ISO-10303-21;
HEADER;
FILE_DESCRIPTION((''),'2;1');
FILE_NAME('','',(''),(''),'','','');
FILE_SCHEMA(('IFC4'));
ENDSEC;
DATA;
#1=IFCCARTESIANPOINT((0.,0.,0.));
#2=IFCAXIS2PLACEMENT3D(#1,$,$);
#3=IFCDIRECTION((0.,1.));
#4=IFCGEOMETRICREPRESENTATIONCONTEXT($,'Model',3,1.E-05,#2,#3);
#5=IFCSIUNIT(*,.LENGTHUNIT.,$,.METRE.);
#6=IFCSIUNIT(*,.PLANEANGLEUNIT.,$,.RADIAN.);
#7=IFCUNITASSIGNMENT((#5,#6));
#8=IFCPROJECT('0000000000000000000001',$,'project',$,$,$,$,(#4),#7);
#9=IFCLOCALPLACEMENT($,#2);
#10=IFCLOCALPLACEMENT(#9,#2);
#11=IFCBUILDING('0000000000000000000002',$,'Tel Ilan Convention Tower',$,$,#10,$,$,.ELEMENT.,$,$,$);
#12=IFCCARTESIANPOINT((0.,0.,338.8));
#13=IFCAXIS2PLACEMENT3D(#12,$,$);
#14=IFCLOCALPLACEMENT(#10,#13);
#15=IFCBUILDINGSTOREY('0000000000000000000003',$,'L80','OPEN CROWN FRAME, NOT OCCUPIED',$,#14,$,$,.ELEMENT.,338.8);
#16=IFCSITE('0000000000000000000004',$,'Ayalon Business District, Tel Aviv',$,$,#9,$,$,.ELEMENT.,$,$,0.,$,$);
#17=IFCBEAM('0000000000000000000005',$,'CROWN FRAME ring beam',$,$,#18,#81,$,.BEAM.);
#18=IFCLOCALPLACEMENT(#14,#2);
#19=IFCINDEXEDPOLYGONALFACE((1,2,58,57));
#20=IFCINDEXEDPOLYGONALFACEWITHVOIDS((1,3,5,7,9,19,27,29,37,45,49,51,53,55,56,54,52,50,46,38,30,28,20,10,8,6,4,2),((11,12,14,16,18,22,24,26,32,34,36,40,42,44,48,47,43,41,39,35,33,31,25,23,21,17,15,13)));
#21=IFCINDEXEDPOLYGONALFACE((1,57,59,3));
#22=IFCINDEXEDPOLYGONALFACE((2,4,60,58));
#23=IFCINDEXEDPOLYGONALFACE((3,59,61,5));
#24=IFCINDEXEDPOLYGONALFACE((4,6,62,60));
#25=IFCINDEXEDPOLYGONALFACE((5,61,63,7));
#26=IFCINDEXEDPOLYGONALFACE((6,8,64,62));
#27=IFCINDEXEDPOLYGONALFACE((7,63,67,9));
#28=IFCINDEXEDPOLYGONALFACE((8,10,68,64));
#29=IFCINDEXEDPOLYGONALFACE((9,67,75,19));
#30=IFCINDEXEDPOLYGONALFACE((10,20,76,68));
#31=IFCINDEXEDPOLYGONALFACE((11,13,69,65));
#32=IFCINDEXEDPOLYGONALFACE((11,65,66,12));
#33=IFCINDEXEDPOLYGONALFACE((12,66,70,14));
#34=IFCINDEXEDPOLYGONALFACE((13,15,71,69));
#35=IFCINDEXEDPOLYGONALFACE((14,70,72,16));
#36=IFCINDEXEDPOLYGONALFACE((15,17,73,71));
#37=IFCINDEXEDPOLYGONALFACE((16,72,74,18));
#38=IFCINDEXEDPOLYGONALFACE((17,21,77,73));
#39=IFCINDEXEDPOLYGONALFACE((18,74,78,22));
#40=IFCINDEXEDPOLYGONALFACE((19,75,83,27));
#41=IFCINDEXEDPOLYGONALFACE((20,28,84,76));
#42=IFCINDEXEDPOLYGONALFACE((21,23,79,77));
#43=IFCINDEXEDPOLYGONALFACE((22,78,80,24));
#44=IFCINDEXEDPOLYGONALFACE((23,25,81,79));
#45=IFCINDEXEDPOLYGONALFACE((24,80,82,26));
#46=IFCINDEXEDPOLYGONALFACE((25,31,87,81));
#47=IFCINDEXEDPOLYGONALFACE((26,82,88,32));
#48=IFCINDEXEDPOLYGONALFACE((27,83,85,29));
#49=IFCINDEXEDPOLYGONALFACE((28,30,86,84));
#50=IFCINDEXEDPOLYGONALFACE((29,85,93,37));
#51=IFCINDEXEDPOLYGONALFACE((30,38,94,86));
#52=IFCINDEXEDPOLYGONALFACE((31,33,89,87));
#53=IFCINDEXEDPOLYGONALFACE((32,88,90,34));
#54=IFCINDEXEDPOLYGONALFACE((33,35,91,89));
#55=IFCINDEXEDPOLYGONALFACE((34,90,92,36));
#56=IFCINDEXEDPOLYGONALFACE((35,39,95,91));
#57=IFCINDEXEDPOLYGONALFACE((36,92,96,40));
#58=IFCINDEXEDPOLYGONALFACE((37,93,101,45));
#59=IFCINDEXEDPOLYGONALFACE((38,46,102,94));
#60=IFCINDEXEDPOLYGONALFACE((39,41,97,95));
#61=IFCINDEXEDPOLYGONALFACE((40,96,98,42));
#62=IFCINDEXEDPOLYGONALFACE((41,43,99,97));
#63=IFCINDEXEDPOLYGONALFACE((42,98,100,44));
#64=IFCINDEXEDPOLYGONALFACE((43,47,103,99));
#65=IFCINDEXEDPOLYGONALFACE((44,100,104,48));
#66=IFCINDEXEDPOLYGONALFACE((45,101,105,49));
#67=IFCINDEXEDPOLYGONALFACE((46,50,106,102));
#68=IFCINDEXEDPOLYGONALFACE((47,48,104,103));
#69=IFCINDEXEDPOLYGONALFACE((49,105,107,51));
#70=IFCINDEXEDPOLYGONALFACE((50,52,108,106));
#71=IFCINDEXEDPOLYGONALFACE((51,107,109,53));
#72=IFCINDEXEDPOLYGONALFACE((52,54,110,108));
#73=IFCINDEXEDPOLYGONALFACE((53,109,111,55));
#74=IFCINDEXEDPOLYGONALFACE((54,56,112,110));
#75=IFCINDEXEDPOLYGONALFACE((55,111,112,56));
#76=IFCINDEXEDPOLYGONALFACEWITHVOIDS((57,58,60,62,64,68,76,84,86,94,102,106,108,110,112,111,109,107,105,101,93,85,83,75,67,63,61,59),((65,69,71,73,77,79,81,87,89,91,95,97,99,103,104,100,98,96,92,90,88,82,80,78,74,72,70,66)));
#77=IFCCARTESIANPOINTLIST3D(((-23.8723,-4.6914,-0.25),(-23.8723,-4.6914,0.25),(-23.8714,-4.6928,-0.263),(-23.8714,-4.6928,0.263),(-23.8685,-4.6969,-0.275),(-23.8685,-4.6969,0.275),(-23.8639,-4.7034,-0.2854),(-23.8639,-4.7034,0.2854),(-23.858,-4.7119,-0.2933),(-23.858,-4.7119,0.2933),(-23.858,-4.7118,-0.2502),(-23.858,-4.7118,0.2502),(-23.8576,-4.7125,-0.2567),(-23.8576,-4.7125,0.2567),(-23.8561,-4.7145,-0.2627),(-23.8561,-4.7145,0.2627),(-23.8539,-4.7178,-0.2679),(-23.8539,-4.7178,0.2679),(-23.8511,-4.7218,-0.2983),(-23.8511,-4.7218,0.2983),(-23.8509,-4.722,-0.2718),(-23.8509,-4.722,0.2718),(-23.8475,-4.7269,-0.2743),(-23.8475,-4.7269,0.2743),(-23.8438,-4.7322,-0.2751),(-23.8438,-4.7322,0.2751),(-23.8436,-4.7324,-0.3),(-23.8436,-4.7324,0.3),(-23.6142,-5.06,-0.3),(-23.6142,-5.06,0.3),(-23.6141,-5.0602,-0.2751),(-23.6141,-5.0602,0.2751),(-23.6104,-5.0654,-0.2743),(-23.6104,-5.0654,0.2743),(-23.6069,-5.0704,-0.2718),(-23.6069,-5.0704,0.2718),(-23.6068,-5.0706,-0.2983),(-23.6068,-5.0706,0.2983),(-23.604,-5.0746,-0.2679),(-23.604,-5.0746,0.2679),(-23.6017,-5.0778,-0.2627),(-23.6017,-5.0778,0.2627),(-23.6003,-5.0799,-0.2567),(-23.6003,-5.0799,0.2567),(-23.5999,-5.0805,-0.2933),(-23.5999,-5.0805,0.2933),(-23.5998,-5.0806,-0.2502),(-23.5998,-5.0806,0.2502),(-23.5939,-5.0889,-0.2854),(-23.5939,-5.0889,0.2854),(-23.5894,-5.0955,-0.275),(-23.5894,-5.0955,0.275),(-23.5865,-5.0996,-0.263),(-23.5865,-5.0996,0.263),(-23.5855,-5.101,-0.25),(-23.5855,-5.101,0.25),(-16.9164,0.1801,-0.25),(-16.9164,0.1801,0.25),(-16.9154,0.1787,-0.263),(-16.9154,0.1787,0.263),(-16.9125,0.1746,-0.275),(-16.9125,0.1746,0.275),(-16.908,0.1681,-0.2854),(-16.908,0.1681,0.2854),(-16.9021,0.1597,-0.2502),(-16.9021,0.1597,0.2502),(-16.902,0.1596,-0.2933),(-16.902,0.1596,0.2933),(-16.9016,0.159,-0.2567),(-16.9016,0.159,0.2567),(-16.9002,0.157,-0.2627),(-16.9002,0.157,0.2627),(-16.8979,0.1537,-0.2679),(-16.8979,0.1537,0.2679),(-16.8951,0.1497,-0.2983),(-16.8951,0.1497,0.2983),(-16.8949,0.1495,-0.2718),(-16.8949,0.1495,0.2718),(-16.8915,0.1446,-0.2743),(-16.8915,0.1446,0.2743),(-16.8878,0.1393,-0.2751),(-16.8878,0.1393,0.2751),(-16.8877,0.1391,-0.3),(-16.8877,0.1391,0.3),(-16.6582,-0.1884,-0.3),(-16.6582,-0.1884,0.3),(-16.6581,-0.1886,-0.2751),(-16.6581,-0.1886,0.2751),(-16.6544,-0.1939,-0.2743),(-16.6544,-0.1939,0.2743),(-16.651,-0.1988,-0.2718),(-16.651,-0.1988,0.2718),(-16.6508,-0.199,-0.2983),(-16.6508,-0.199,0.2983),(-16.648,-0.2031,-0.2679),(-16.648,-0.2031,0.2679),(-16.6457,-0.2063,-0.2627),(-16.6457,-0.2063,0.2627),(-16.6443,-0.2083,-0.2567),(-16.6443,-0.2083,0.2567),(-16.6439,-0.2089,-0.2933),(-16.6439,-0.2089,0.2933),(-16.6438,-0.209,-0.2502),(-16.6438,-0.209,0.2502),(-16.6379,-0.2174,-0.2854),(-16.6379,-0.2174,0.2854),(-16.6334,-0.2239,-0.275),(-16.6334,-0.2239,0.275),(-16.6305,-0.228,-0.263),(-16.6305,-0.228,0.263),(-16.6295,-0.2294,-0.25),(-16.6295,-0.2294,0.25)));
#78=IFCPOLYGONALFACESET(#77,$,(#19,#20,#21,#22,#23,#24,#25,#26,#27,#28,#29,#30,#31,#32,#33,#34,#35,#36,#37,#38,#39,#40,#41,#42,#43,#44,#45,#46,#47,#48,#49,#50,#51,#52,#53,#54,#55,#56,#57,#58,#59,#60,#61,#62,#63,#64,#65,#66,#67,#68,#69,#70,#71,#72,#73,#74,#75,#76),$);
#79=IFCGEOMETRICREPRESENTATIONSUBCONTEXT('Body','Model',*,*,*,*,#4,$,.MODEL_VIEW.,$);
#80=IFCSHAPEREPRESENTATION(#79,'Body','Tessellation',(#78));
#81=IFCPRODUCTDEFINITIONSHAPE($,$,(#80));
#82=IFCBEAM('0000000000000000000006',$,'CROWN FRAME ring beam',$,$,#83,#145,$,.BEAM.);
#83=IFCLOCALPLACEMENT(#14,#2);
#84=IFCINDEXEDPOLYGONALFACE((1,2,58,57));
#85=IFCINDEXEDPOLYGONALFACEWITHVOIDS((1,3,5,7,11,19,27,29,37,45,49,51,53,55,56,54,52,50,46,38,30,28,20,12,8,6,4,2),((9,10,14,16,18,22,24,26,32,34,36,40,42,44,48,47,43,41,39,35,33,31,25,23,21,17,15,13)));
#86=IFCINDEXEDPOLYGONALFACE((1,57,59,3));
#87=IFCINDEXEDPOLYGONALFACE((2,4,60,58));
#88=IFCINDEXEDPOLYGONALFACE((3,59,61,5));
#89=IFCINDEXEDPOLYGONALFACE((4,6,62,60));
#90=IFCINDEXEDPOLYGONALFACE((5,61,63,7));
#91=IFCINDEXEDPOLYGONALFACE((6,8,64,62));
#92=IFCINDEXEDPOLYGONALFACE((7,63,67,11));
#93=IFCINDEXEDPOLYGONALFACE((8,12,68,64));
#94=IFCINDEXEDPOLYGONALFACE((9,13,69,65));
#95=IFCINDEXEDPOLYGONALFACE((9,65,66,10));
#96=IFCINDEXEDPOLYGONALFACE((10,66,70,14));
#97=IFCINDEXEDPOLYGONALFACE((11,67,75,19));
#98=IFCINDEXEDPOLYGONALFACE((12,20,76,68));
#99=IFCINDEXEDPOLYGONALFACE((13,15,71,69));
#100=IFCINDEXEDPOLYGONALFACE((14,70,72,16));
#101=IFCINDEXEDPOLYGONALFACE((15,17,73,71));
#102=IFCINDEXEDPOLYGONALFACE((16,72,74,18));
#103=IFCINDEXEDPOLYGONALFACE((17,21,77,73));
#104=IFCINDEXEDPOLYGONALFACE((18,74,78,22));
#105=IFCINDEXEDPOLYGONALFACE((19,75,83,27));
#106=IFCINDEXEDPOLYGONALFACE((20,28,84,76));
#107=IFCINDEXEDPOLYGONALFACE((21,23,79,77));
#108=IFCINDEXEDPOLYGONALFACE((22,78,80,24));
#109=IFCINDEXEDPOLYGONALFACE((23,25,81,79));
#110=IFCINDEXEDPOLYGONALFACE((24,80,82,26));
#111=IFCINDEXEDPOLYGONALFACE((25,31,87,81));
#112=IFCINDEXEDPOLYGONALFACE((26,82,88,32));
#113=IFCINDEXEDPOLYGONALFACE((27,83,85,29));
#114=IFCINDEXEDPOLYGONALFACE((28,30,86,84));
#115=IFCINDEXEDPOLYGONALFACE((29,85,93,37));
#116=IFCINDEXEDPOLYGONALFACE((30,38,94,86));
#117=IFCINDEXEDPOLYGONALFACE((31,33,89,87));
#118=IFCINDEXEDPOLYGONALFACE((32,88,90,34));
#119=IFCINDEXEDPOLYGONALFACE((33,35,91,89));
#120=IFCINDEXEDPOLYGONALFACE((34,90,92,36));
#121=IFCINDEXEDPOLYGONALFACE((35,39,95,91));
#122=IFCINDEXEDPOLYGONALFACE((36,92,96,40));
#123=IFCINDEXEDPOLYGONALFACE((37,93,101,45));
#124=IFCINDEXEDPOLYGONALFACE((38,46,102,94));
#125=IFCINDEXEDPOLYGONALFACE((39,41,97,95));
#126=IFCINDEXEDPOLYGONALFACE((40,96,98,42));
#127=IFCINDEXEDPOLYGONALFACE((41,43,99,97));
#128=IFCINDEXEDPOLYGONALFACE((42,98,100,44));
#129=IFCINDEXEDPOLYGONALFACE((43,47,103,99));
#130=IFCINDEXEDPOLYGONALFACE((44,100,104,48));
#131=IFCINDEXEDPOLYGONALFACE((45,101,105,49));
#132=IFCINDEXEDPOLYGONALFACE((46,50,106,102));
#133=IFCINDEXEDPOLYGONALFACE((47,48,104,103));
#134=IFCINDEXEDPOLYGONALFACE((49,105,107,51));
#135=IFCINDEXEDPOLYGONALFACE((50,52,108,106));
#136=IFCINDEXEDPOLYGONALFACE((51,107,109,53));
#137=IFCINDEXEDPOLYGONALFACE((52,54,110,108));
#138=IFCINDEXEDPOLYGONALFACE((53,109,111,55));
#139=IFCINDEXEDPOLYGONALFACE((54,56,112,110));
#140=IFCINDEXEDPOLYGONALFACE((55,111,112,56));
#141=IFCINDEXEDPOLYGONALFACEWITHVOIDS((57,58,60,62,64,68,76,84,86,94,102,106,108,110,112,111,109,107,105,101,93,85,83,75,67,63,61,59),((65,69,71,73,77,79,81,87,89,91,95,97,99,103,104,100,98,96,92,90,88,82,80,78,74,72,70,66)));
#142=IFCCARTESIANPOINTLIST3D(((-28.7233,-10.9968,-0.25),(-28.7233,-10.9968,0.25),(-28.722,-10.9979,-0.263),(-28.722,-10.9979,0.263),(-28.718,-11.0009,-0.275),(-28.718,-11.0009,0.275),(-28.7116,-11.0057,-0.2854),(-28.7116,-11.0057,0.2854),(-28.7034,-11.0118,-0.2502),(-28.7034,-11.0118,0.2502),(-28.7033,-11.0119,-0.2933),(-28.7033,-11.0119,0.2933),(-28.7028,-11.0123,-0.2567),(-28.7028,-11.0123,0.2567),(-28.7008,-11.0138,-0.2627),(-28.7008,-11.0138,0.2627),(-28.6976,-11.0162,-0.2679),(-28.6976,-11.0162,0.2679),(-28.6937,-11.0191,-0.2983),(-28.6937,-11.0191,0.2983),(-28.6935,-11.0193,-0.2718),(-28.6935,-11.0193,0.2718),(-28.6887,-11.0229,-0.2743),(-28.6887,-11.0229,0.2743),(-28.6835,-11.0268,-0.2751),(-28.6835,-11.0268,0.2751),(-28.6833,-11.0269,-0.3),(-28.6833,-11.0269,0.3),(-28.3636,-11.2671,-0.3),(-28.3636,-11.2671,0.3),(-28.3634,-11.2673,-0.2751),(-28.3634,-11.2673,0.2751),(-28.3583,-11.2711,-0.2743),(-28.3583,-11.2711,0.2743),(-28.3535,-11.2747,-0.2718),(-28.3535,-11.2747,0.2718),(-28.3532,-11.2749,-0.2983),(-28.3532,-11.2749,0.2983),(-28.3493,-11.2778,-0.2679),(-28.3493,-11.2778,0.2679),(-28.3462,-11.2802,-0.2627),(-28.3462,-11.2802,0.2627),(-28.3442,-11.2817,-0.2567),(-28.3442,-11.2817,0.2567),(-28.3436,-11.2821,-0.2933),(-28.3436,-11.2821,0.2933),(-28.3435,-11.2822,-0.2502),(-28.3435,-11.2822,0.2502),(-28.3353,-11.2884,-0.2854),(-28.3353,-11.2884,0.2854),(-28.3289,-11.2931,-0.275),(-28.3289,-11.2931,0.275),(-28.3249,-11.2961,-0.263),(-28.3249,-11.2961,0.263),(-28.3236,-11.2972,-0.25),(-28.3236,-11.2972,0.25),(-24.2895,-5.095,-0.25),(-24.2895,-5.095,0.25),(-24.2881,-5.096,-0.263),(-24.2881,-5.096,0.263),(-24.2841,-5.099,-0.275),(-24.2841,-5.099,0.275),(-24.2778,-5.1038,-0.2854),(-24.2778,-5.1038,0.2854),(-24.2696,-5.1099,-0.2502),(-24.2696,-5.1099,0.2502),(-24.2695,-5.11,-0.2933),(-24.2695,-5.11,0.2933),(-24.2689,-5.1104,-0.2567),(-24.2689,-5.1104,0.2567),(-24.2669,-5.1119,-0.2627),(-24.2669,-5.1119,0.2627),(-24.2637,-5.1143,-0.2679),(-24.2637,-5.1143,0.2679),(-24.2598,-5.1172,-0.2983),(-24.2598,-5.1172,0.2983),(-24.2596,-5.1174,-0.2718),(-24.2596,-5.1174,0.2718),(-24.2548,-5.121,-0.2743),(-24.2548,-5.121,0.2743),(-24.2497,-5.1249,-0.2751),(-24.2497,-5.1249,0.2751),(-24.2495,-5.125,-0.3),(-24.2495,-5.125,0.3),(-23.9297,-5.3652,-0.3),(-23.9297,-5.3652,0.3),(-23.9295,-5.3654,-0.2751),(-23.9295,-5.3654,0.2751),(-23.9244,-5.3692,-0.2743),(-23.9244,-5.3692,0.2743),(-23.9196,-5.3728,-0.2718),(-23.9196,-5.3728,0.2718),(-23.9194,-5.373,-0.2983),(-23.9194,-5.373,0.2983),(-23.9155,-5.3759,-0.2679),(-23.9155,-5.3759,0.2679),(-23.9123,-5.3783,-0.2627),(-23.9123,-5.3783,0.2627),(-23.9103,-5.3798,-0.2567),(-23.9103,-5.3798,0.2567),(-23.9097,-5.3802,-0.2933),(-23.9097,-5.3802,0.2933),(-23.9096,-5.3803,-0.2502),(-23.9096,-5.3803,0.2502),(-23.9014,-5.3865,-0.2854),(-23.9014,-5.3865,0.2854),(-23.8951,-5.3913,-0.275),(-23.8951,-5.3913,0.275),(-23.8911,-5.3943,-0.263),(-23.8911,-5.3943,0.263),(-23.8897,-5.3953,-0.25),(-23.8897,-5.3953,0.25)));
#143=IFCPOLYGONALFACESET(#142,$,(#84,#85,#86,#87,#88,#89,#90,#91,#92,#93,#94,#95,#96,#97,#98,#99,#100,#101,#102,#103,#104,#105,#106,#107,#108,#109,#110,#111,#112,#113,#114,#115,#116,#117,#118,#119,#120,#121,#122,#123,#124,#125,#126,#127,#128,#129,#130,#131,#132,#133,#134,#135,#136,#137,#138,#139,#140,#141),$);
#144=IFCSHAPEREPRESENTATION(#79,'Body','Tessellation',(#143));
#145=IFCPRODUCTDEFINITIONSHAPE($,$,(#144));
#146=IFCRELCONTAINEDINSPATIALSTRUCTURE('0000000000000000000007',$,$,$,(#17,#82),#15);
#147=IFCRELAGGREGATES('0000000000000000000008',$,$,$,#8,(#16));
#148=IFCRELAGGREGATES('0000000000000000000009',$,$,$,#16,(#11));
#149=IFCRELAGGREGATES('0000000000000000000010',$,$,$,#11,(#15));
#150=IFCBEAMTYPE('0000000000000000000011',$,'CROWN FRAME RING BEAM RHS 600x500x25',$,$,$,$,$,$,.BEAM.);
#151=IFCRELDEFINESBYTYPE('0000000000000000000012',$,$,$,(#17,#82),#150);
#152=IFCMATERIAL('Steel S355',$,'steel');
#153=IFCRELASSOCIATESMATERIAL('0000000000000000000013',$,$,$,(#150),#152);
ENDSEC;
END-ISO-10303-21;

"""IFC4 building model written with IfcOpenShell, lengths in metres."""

from ifc_helpers import new_model, si_unit, direction, frame, origin, origin_2d, place, context, subcontext, project, spatial, hollow_rectangle, extrude, material, material_profile, profile_set, type_object, element, save


model = new_model("IFC4")

# Units and contexts
model_context = context("Model", 3, precision=1e-05, world=origin(), true_north=direction((0.0, 1.0)))
body_context = subcontext(model_context, "Body", "Model", "MODEL_VIEW")
ifc_project = project(units=[si_unit("LENGTHUNIT", "METRE"), si_unit("PLANEANGLEUNIT", "RADIAN")], contexts=[model_context])

# Site, building, storey
site_placement = place(None, origin())
site = spatial("IfcSite", under=ifc_project, at=site_placement, Name="Ayalon Business District, Tel Aviv", CompositionType="ELEMENT", RefElevation=0.0)
building_placement = place(site_placement, origin())
building = spatial("IfcBuilding", under=site, at=building_placement, Name="Tel Ilan Convention Tower", CompositionType="ELEMENT")
storey_placement = place(building_placement, frame((0.0, 0.0, 338.8)))
storey = spatial("IfcBuildingStorey", under=building, at=storey_placement, Name="L80", Description="OPEN CROWN FRAME, NOT OCCUPIED", CompositionType="ELEMENT", Elevation=338.8)

# Beams
ifc_material_1 = material(Name="Steel S355", Category="steel")
ifc_material_profile_1 = material_profile(ifc_material_1, hollow_rectangle(XDim=0.5, YDim=0.6001, WallThickness=0.0249, InnerFilletRadius=0.0249, OuterFilletRadius=0.05, at=origin_2d()), Name="RHS 600x500x25")
ifc_profile_set_1 = profile_set([ifc_material_profile_1], Name="Steel S355")
beam_type = type_object("IfcBeamType", Name="CROWN FRAME RING BEAM RHS 600x500x25", PredefinedType="BEAM", material=ifc_profile_set_1)
beam_placement = place(storey_placement, frame((-16.7729, -0.0247, 0.0), z_axis=(-0.819102, -0.573648, 0.0), x_axis=(0.573648, -0.819102, 0.0)))
element("IfcBeam", 1, at=beam_placement, inside=storey, type_object=beam_type, Name="CROWN FRAME ring beam", PredefinedType="BEAM", context=body_context, shape_type="SweptSolid", body=[
    extrude(hollow_rectangle(XDim=0.5, YDim=0.6001, WallThickness=0.0249, InnerFilletRadius=0.0249, OuterFilletRadius=0.05, at=origin_2d()), origin(), (0.0, 0.0, 1.0), 8.4922),
])
for number, where, z_axis, x_axis, name in (
    (2, (-24.0896, -5.2451, 0.0), (-0.600645, -0.799516, 0.0), (0.799516, -0.600645, 0.0), "CROWN FRAME ring beam"),
):
    element("IfcBeam", number, at=place(storey_placement, frame(where, z_axis=z_axis, x_axis=x_axis)), inside=storey, type_object=beam_type, Name=name, PredefinedType="BEAM", context=body_context, shape_type="SweptSolid", body=[
        extrude(hollow_rectangle(XDim=0.5, YDim=0.6001, WallThickness=0.0249, InnerFilletRadius=0.0249, OuterFilletRadius=0.05, at=origin_2d()), origin(), (0.0, 0.0, 1.0), 7.3818),
    ])

save(model, "model.ifc")
